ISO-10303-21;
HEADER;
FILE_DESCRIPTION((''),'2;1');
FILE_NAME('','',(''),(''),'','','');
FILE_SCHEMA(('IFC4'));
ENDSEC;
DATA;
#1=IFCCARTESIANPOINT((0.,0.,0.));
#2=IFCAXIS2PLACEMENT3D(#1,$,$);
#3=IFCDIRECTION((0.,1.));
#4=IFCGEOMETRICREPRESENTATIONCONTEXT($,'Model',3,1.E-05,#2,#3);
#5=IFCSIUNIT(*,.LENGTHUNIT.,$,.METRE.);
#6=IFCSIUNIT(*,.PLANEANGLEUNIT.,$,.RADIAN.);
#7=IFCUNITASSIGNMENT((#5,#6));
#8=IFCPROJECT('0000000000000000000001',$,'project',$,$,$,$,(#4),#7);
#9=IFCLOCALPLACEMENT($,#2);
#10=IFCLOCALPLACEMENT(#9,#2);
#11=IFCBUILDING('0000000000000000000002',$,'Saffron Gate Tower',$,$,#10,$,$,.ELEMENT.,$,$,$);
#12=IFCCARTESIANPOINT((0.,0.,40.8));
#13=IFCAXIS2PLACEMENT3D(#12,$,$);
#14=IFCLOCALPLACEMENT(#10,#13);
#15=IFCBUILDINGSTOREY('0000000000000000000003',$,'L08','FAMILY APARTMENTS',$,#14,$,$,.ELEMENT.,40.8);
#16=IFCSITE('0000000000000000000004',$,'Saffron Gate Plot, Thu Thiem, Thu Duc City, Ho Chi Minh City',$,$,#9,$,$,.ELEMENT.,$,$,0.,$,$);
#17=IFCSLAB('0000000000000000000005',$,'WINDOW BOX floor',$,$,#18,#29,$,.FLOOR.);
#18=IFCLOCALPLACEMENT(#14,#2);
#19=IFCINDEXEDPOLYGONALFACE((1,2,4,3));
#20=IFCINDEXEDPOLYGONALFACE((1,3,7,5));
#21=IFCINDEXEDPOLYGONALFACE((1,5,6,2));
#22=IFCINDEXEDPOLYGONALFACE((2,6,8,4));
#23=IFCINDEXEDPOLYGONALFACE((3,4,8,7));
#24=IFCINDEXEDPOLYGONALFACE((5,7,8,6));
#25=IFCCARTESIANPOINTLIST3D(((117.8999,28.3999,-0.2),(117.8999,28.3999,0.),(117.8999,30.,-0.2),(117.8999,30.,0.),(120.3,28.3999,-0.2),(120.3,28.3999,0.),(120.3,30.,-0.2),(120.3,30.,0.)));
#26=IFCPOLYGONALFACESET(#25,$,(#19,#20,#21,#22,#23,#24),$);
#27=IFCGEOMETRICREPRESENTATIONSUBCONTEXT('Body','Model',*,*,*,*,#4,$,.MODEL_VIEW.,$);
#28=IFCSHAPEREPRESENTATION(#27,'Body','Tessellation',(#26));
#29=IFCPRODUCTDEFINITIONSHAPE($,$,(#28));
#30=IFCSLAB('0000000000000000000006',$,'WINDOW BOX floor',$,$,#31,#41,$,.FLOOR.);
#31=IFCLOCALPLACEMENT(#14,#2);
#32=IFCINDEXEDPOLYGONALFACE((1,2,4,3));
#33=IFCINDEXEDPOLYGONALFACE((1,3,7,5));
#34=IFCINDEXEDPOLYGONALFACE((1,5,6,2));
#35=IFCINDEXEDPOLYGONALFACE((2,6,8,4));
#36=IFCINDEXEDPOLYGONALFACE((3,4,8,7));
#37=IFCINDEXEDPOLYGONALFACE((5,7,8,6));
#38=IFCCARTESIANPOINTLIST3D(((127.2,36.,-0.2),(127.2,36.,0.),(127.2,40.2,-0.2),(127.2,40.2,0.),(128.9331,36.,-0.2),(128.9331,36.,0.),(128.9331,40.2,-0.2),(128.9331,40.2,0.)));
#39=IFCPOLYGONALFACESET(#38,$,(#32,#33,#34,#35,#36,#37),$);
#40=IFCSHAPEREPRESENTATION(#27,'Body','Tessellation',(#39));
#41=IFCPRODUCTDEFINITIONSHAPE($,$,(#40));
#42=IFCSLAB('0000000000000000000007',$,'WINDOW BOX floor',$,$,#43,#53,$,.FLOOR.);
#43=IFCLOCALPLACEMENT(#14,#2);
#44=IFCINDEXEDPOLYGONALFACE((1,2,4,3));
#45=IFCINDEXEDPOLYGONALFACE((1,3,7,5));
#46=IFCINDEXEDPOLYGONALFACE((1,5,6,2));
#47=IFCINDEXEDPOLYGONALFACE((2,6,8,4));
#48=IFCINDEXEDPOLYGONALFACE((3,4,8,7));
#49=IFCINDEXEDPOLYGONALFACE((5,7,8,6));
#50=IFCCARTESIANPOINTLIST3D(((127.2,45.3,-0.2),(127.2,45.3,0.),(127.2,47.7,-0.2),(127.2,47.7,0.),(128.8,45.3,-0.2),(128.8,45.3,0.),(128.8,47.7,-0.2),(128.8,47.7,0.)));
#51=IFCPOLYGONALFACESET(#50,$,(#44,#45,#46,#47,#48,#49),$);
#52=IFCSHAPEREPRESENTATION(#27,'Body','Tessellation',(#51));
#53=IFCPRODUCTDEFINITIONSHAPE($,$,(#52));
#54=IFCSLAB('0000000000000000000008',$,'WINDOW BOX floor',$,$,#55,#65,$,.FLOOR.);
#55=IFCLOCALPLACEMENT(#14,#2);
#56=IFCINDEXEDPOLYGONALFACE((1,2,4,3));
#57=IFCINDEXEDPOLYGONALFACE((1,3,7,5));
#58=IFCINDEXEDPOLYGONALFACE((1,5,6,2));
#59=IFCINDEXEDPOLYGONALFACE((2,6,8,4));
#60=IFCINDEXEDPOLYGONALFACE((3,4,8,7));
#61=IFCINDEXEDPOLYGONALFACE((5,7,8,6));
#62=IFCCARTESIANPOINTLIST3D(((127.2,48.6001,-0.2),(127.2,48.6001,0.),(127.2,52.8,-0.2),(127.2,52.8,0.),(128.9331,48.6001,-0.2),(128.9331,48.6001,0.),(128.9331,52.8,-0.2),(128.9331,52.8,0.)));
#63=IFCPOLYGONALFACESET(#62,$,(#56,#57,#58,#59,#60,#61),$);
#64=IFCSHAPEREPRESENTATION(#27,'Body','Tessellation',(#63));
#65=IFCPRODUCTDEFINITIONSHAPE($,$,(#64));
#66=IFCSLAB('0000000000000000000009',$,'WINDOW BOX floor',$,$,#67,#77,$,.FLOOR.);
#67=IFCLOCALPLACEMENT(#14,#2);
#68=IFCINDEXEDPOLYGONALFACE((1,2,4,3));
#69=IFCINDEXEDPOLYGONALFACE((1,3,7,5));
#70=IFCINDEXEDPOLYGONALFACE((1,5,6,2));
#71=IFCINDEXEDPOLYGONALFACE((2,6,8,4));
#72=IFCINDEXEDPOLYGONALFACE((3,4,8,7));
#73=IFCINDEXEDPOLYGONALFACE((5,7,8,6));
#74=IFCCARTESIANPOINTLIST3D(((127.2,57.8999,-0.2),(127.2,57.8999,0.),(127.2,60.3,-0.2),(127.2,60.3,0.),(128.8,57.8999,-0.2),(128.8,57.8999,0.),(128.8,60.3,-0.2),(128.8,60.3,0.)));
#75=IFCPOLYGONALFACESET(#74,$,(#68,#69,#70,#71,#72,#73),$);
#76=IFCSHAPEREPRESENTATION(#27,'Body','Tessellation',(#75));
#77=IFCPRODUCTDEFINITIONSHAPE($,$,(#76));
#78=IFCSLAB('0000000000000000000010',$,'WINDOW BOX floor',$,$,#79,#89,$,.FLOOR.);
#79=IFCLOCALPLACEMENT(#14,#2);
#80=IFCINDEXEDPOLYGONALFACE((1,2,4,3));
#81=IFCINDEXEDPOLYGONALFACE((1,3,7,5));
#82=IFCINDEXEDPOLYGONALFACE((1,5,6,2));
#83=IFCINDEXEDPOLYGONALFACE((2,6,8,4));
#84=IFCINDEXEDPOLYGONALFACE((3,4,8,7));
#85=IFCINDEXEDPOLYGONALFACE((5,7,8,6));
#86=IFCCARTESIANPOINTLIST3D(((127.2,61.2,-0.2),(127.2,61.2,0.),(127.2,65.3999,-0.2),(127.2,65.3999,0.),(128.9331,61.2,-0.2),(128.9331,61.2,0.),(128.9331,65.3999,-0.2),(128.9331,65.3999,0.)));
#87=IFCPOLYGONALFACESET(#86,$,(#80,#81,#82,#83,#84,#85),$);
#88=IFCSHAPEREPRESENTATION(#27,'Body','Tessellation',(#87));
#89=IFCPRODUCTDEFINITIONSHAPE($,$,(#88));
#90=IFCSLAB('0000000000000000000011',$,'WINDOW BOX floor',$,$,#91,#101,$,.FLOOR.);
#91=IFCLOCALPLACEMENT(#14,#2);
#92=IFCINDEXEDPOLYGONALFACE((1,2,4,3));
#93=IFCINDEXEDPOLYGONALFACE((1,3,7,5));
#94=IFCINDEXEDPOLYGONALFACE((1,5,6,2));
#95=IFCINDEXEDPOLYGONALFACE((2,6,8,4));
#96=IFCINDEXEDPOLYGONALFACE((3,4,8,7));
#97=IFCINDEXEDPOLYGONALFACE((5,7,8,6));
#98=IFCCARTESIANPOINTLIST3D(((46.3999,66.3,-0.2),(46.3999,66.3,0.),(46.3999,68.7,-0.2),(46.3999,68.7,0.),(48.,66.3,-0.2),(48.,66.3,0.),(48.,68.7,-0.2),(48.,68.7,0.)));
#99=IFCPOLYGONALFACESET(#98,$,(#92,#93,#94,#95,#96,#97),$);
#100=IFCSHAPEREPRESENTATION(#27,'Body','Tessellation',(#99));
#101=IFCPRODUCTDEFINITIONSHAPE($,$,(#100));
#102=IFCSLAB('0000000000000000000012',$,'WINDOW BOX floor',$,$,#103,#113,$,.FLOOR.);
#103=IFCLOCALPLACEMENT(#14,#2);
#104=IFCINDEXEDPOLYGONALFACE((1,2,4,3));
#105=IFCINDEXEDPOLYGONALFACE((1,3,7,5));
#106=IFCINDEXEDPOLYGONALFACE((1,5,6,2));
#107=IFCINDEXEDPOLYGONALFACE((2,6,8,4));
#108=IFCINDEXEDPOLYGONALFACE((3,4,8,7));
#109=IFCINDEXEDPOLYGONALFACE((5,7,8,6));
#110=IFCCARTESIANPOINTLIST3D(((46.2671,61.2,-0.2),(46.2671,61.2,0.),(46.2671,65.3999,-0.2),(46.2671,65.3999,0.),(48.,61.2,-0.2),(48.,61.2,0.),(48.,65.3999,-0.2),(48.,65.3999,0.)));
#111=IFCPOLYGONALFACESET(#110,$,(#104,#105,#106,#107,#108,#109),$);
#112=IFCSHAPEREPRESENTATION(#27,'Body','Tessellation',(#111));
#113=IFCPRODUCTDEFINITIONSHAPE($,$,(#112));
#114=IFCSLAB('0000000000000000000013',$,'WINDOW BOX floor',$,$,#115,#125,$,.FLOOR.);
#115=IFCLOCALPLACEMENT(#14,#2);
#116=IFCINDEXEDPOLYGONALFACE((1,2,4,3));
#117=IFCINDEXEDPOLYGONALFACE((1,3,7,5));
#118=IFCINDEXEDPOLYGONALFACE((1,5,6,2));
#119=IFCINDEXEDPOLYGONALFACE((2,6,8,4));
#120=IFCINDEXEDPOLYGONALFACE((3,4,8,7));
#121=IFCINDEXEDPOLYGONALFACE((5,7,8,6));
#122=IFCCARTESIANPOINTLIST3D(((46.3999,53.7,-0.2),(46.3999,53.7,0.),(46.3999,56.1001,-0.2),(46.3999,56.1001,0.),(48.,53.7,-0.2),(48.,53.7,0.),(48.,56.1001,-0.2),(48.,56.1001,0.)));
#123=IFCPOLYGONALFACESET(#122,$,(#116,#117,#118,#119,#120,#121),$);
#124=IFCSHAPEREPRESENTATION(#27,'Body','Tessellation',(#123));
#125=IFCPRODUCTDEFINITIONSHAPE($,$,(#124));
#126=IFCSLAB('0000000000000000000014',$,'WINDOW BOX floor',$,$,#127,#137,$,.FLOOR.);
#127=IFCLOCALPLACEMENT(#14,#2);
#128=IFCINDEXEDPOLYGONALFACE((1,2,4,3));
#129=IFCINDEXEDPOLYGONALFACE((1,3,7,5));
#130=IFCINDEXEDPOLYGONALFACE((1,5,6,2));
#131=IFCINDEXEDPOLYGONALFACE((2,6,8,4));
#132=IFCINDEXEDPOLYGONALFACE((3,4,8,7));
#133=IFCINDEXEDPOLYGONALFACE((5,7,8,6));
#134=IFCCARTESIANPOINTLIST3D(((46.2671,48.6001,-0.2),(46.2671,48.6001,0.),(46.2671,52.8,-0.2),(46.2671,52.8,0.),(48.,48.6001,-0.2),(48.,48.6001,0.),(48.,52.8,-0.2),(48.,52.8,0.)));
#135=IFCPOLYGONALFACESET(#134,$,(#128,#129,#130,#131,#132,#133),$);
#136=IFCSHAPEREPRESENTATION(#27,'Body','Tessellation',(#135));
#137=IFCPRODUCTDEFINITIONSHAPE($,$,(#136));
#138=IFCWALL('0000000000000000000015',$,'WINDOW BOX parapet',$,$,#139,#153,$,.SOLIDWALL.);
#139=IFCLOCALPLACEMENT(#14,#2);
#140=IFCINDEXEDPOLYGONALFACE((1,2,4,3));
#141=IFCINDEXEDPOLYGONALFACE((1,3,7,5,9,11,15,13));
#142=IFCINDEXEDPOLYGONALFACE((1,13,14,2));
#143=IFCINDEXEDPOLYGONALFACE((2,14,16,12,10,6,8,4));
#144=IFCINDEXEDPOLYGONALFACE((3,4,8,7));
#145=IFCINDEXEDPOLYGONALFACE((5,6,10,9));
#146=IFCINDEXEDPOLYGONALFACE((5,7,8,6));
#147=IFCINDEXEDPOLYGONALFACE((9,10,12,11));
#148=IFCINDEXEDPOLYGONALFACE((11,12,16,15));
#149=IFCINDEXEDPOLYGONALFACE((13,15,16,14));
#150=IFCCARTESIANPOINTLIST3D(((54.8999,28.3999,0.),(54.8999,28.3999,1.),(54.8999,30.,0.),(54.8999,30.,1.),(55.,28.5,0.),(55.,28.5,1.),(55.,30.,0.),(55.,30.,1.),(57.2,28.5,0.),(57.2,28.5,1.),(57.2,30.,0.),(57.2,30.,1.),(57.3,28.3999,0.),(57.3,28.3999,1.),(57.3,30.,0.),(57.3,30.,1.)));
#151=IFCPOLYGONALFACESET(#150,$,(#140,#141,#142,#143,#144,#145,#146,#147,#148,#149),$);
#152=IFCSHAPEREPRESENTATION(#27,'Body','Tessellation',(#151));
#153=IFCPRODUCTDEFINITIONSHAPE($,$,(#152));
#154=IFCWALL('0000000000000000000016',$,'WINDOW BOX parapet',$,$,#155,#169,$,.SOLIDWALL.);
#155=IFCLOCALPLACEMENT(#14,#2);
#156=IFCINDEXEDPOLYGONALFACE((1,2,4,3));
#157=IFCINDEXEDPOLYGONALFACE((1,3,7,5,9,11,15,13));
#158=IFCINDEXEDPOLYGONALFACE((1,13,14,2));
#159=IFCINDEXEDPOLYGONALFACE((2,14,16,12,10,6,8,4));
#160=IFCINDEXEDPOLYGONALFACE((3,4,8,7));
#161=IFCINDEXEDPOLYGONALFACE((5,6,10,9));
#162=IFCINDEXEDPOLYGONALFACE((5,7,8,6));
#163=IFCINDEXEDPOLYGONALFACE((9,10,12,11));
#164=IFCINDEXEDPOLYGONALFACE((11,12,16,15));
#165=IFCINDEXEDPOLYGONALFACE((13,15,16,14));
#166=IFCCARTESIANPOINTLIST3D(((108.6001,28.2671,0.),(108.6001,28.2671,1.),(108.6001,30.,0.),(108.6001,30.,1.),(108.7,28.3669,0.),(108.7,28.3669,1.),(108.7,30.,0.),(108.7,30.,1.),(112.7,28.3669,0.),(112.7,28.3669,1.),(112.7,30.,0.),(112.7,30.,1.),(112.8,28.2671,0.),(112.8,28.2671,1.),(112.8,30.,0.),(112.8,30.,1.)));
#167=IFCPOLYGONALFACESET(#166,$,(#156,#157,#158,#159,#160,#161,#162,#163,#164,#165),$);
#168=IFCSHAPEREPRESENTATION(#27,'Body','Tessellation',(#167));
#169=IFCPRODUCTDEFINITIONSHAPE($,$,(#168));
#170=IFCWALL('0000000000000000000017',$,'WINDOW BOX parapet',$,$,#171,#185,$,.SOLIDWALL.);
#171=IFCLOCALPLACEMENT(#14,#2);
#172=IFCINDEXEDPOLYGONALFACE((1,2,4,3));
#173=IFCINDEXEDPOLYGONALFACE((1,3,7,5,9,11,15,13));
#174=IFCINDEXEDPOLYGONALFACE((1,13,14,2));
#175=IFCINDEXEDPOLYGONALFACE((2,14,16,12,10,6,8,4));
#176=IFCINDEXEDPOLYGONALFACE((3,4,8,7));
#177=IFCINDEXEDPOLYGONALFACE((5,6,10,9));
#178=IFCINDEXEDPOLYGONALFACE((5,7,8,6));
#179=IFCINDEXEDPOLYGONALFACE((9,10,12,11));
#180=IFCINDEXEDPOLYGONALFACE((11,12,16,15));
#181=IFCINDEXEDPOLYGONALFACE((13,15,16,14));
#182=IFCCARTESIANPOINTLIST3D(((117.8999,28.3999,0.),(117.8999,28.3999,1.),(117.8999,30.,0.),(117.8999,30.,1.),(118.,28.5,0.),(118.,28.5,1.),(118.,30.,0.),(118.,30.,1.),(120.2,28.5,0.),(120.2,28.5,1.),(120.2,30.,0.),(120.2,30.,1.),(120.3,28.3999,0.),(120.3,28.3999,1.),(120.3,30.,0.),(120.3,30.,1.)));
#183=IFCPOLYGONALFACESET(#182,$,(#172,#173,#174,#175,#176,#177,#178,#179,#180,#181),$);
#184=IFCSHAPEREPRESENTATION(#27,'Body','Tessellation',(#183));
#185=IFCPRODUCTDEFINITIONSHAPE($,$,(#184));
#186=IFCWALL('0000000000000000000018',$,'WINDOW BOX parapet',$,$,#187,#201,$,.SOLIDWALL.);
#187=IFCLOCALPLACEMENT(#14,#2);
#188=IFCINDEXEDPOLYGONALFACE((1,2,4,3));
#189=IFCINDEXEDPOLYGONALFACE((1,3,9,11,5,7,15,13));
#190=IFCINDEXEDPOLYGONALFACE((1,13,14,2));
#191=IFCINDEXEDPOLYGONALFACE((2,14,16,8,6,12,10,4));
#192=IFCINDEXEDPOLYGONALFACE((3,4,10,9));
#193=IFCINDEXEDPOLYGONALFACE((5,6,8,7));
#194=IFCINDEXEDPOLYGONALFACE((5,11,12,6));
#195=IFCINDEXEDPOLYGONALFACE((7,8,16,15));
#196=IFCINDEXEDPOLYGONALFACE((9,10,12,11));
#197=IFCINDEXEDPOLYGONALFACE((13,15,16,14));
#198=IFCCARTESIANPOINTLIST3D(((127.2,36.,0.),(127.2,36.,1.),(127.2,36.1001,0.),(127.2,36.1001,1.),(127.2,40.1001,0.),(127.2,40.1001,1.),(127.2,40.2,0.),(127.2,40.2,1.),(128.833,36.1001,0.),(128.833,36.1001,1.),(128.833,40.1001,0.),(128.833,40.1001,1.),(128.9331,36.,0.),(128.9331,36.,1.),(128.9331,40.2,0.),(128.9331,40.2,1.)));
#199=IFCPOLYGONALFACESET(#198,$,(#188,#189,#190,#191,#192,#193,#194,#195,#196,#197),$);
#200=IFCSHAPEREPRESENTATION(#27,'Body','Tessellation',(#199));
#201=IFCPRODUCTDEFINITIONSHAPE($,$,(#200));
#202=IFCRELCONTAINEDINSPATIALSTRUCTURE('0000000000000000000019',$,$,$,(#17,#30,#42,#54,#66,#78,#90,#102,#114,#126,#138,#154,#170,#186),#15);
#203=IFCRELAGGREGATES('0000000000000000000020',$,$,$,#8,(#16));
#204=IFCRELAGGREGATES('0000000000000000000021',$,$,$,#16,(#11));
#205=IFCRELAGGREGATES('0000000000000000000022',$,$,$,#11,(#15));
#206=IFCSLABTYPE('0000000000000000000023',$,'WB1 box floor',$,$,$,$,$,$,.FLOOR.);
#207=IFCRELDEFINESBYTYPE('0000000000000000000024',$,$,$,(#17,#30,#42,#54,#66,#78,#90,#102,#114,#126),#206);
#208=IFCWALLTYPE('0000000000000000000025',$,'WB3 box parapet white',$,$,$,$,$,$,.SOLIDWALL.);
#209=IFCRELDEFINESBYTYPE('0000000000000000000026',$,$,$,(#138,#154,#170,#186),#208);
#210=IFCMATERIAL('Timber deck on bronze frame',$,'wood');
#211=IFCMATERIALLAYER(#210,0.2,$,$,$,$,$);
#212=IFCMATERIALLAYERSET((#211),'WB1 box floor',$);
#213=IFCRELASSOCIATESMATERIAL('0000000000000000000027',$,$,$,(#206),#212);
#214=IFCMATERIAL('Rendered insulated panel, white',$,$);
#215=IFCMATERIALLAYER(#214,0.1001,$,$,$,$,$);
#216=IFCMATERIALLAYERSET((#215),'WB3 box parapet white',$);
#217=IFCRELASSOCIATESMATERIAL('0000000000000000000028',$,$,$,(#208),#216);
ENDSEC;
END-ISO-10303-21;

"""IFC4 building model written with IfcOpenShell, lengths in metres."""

from ifc_helpers import new_model, si_unit, direction, frame, origin, place, context, subcontext, project, spatial, polyline, outline, extrude, material, layer, layer_set, type_object, element, save


model = new_model("IFC4")

# Units and contexts
model_context = context("Model", 3, precision=1e-05, world=origin(), true_north=direction((0.0, 1.0)))
body_context = subcontext(model_context, "Body", "Model", "MODEL_VIEW")
ifc_project = project(units=[si_unit("LENGTHUNIT", "METRE"), si_unit("PLANEANGLEUNIT", "RADIAN")], contexts=[model_context])

# Site, building, storey
site_placement = place(None, origin())
site = spatial("IfcSite", under=ifc_project, at=site_placement, Name="Saffron Gate Plot, Thu Thiem, Thu Duc City, Ho Chi Minh City", CompositionType="ELEMENT", RefElevation=0.0)
building_placement = place(site_placement, origin())
building = spatial("IfcBuilding", under=site, at=building_placement, Name="Saffron Gate Tower", CompositionType="ELEMENT")
storey_placement = place(building_placement, frame((0.0, 0.0, 40.8)))
storey = spatial("IfcBuildingStorey", under=building, at=storey_placement, Name="L08", Description="FAMILY APARTMENTS", CompositionType="ELEMENT", Elevation=40.8)

# Slabs
ifc_material_1 = material(Name="Timber deck on bronze frame", Category="wood")
ifc_layer_1 = layer(ifc_material_1, 0.2)
ifc_layer_set_1 = layer_set([ifc_layer_1], Name="WB1 box floor")
slab_type_1 = type_object("IfcSlabType", Name="WB1 box floor", PredefinedType="FLOOR", material=ifc_layer_set_1)
slab_1_placement = place(storey_placement, frame((0.0, 0.0, -0.2)))
element("IfcSlab", 1, at=slab_1_placement, inside=storey, type_object=slab_type_1, Name="WINDOW BOX floor", PredefinedType="FLOOR", context=body_context, shape_type="SweptSolid", body=[
    extrude(outline(polyline([(117.8999, 30.0), (120.3, 30.0), (120.3, 28.3999), (117.8999, 28.3999), (117.8999, 30.0)])), origin(), (0.0, 0.0, 1.0), 0.2),
])
slab_2_placement = place(storey_placement, frame((0.0, 0.0, -0.2)))
element("IfcSlab", 2, at=slab_2_placement, inside=storey, type_object=slab_type_1, Name="WINDOW BOX floor", PredefinedType="FLOOR", context=body_context, shape_type="SweptSolid", body=[
    extrude(outline(polyline([(127.2, 36.0), (127.2, 40.2), (128.9331, 40.2), (128.9331, 36.0), (127.2, 36.0)])), origin(), (0.0, 0.0, 1.0), 0.2),
])
slab_3_placement = place(storey_placement, frame((0.0, 0.0, -0.2)))
element("IfcSlab", 3, at=slab_3_placement, inside=storey, type_object=slab_type_1, Name="WINDOW BOX floor", PredefinedType="FLOOR", context=body_context, shape_type="SweptSolid", body=[
    extrude(outline(polyline([(127.2, 45.3), (127.2, 47.7), (128.8, 47.7), (128.8, 45.3), (127.2, 45.3)])), origin(), (0.0, 0.0, 1.0), 0.2),
])
slab_4_placement = place(storey_placement, frame((0.0, 0.0, -0.2)))
element("IfcSlab", 4, at=slab_4_placement, inside=storey, type_object=slab_type_1, Name="WINDOW BOX floor", PredefinedType="FLOOR", context=body_context, shape_type="SweptSolid", body=[
    extrude(outline(polyline([(127.2, 48.6001), (127.2, 52.8), (128.9331, 52.8), (128.9331, 48.6001), (127.2, 48.6001)])), origin(), (0.0, 0.0, 1.0), 0.2),
])
slab_5_placement = place(storey_placement, frame((0.0, 0.0, -0.2)))
element("IfcSlab", 5, at=slab_5_placement, inside=storey, type_object=slab_type_1, Name="WINDOW BOX floor", PredefinedType="FLOOR", context=body_context, shape_type="SweptSolid", body=[
    extrude(outline(polyline([(127.2, 57.8999), (127.2, 60.3), (128.8, 60.3), (128.8, 57.8999), (127.2, 57.8999)])), origin(), (0.0, 0.0, 1.0), 0.2),
])
slab_6_placement = place(storey_placement, frame((0.0, 0.0, -0.2)))
element("IfcSlab", 6, at=slab_6_placement, inside=storey, type_object=slab_type_1, Name="WINDOW BOX floor", PredefinedType="FLOOR", context=body_context, shape_type="SweptSolid", body=[
    extrude(outline(polyline([(127.2, 61.2), (127.2, 65.3999), (128.9331, 65.3999), (128.9331, 61.2), (127.2, 61.2)])), origin(), (0.0, 0.0, 1.0), 0.2),
])
slab_7_placement = place(storey_placement, frame((0.0, 0.0, -0.2)))
element("IfcSlab", 7, at=slab_7_placement, inside=storey, type_object=slab_type_1, Name="WINDOW BOX floor", PredefinedType="FLOOR", context=body_context, shape_type="SweptSolid", body=[
    extrude(outline(polyline([(48.0, 68.7), (48.0, 66.3), (46.3999, 66.3), (46.3999, 68.7), (48.0, 68.7)])), origin(), (0.0, 0.0, 1.0), 0.2),
])
slab_8_placement = place(storey_placement, frame((0.0, 0.0, -0.2)))
element("IfcSlab", 8, at=slab_8_placement, inside=storey, type_object=slab_type_1, Name="WINDOW BOX floor", PredefinedType="FLOOR", context=body_context, shape_type="SweptSolid", body=[
    extrude(outline(polyline([(48.0, 65.3999), (48.0, 61.2), (46.2671, 61.2), (46.2671, 65.3999), (48.0, 65.3999)])), origin(), (0.0, 0.0, 1.0), 0.2),
])
slab_9_placement = place(storey_placement, frame((0.0, 0.0, -0.2)))
element("IfcSlab", 9, at=slab_9_placement, inside=storey, type_object=slab_type_1, Name="WINDOW BOX floor", PredefinedType="FLOOR", context=body_context, shape_type="SweptSolid", body=[
    extrude(outline(polyline([(48.0, 56.1001), (48.0, 53.7), (46.3999, 53.7), (46.3999, 56.1001), (48.0, 56.1001)])), origin(), (0.0, 0.0, 1.0), 0.2),
])
slab_10_placement = place(storey_placement, frame((0.0, 0.0, -0.2)))
element("IfcSlab", 10, at=slab_10_placement, inside=storey, type_object=slab_type_1, Name="WINDOW BOX floor", PredefinedType="FLOOR", context=body_context, shape_type="SweptSolid", body=[
    extrude(outline(polyline([(48.0, 52.8), (48.0, 48.6001), (46.2671, 48.6001), (46.2671, 52.8), (48.0, 52.8)])), origin(), (0.0, 0.0, 1.0), 0.2),
])

# Walls
ifc_material_2 = material(Name="Rendered insulated panel, white")
ifc_layer_2 = layer(ifc_material_2, 0.1001)
ifc_layer_set_2 = layer_set([ifc_layer_2], Name="WB3 box parapet white")
wall_type = type_object("IfcWallType", Name="WB3 box parapet white", PredefinedType="SOLIDWALL", material=ifc_layer_set_2)
wall_1_placement = place(storey_placement, origin())
element("IfcWall", 11, at=wall_1_placement, inside=storey, type_object=wall_type, Name="WINDOW BOX parapet", PredefinedType="SOLIDWALL", context=body_context, shape_type="SweptSolid", body=[
    extrude(outline(polyline([(54.8999, 30.0), (55.0, 30.0), (55.0, 28.5), (57.2, 28.5), (57.2, 30.0), (57.3, 30.0), (57.3, 28.3999), (54.8999, 28.3999), (54.8999, 30.0)])), origin(), (0.0, 0.0, 1.0), 1.0),
])
wall_2_placement = place(storey_placement, origin())
element("IfcWall", 12, at=wall_2_placement, inside=storey, type_object=wall_type, Name="WINDOW BOX parapet", PredefinedType="SOLIDWALL", context=body_context, shape_type="SweptSolid", body=[
    extrude(outline(polyline([(108.6001, 30.0), (108.7, 30.0), (108.7, 28.3669), (112.7, 28.3669), (112.7, 30.0), (112.8, 30.0), (112.8, 28.2671), (108.6001, 28.2671), (108.6001, 30.0)])), origin(), (0.0, 0.0, 1.0), 1.0),
])
wall_3_placement = place(storey_placement, origin())
element("IfcWall", 13, at=wall_3_placement, inside=storey, type_object=wall_type, Name="WINDOW BOX parapet", PredefinedType="SOLIDWALL", context=body_context, shape_type="SweptSolid", body=[
    extrude(outline(polyline([(117.8999, 30.0), (118.0, 30.0), (118.0, 28.5), (120.2, 28.5), (120.2, 30.0), (120.3, 30.0), (120.3, 28.3999), (117.8999, 28.3999), (117.8999, 30.0)])), origin(), (0.0, 0.0, 1.0), 1.0),
])
wall_4_placement = place(storey_placement, origin())
element("IfcWall", 14, at=wall_4_placement, inside=storey, type_object=wall_type, Name="WINDOW BOX parapet", PredefinedType="SOLIDWALL", context=body_context, shape_type="SweptSolid", body=[
    extrude(outline(polyline([(127.2, 36.0), (127.2, 36.1001), (128.833, 36.1001), (128.833, 40.1001), (127.2, 40.1001), (127.2, 40.2), (128.9331, 40.2), (128.9331, 36.0), (127.2, 36.0)])), origin(), (0.0, 0.0, 1.0), 1.0),
])

save(model, "model.ifc")
